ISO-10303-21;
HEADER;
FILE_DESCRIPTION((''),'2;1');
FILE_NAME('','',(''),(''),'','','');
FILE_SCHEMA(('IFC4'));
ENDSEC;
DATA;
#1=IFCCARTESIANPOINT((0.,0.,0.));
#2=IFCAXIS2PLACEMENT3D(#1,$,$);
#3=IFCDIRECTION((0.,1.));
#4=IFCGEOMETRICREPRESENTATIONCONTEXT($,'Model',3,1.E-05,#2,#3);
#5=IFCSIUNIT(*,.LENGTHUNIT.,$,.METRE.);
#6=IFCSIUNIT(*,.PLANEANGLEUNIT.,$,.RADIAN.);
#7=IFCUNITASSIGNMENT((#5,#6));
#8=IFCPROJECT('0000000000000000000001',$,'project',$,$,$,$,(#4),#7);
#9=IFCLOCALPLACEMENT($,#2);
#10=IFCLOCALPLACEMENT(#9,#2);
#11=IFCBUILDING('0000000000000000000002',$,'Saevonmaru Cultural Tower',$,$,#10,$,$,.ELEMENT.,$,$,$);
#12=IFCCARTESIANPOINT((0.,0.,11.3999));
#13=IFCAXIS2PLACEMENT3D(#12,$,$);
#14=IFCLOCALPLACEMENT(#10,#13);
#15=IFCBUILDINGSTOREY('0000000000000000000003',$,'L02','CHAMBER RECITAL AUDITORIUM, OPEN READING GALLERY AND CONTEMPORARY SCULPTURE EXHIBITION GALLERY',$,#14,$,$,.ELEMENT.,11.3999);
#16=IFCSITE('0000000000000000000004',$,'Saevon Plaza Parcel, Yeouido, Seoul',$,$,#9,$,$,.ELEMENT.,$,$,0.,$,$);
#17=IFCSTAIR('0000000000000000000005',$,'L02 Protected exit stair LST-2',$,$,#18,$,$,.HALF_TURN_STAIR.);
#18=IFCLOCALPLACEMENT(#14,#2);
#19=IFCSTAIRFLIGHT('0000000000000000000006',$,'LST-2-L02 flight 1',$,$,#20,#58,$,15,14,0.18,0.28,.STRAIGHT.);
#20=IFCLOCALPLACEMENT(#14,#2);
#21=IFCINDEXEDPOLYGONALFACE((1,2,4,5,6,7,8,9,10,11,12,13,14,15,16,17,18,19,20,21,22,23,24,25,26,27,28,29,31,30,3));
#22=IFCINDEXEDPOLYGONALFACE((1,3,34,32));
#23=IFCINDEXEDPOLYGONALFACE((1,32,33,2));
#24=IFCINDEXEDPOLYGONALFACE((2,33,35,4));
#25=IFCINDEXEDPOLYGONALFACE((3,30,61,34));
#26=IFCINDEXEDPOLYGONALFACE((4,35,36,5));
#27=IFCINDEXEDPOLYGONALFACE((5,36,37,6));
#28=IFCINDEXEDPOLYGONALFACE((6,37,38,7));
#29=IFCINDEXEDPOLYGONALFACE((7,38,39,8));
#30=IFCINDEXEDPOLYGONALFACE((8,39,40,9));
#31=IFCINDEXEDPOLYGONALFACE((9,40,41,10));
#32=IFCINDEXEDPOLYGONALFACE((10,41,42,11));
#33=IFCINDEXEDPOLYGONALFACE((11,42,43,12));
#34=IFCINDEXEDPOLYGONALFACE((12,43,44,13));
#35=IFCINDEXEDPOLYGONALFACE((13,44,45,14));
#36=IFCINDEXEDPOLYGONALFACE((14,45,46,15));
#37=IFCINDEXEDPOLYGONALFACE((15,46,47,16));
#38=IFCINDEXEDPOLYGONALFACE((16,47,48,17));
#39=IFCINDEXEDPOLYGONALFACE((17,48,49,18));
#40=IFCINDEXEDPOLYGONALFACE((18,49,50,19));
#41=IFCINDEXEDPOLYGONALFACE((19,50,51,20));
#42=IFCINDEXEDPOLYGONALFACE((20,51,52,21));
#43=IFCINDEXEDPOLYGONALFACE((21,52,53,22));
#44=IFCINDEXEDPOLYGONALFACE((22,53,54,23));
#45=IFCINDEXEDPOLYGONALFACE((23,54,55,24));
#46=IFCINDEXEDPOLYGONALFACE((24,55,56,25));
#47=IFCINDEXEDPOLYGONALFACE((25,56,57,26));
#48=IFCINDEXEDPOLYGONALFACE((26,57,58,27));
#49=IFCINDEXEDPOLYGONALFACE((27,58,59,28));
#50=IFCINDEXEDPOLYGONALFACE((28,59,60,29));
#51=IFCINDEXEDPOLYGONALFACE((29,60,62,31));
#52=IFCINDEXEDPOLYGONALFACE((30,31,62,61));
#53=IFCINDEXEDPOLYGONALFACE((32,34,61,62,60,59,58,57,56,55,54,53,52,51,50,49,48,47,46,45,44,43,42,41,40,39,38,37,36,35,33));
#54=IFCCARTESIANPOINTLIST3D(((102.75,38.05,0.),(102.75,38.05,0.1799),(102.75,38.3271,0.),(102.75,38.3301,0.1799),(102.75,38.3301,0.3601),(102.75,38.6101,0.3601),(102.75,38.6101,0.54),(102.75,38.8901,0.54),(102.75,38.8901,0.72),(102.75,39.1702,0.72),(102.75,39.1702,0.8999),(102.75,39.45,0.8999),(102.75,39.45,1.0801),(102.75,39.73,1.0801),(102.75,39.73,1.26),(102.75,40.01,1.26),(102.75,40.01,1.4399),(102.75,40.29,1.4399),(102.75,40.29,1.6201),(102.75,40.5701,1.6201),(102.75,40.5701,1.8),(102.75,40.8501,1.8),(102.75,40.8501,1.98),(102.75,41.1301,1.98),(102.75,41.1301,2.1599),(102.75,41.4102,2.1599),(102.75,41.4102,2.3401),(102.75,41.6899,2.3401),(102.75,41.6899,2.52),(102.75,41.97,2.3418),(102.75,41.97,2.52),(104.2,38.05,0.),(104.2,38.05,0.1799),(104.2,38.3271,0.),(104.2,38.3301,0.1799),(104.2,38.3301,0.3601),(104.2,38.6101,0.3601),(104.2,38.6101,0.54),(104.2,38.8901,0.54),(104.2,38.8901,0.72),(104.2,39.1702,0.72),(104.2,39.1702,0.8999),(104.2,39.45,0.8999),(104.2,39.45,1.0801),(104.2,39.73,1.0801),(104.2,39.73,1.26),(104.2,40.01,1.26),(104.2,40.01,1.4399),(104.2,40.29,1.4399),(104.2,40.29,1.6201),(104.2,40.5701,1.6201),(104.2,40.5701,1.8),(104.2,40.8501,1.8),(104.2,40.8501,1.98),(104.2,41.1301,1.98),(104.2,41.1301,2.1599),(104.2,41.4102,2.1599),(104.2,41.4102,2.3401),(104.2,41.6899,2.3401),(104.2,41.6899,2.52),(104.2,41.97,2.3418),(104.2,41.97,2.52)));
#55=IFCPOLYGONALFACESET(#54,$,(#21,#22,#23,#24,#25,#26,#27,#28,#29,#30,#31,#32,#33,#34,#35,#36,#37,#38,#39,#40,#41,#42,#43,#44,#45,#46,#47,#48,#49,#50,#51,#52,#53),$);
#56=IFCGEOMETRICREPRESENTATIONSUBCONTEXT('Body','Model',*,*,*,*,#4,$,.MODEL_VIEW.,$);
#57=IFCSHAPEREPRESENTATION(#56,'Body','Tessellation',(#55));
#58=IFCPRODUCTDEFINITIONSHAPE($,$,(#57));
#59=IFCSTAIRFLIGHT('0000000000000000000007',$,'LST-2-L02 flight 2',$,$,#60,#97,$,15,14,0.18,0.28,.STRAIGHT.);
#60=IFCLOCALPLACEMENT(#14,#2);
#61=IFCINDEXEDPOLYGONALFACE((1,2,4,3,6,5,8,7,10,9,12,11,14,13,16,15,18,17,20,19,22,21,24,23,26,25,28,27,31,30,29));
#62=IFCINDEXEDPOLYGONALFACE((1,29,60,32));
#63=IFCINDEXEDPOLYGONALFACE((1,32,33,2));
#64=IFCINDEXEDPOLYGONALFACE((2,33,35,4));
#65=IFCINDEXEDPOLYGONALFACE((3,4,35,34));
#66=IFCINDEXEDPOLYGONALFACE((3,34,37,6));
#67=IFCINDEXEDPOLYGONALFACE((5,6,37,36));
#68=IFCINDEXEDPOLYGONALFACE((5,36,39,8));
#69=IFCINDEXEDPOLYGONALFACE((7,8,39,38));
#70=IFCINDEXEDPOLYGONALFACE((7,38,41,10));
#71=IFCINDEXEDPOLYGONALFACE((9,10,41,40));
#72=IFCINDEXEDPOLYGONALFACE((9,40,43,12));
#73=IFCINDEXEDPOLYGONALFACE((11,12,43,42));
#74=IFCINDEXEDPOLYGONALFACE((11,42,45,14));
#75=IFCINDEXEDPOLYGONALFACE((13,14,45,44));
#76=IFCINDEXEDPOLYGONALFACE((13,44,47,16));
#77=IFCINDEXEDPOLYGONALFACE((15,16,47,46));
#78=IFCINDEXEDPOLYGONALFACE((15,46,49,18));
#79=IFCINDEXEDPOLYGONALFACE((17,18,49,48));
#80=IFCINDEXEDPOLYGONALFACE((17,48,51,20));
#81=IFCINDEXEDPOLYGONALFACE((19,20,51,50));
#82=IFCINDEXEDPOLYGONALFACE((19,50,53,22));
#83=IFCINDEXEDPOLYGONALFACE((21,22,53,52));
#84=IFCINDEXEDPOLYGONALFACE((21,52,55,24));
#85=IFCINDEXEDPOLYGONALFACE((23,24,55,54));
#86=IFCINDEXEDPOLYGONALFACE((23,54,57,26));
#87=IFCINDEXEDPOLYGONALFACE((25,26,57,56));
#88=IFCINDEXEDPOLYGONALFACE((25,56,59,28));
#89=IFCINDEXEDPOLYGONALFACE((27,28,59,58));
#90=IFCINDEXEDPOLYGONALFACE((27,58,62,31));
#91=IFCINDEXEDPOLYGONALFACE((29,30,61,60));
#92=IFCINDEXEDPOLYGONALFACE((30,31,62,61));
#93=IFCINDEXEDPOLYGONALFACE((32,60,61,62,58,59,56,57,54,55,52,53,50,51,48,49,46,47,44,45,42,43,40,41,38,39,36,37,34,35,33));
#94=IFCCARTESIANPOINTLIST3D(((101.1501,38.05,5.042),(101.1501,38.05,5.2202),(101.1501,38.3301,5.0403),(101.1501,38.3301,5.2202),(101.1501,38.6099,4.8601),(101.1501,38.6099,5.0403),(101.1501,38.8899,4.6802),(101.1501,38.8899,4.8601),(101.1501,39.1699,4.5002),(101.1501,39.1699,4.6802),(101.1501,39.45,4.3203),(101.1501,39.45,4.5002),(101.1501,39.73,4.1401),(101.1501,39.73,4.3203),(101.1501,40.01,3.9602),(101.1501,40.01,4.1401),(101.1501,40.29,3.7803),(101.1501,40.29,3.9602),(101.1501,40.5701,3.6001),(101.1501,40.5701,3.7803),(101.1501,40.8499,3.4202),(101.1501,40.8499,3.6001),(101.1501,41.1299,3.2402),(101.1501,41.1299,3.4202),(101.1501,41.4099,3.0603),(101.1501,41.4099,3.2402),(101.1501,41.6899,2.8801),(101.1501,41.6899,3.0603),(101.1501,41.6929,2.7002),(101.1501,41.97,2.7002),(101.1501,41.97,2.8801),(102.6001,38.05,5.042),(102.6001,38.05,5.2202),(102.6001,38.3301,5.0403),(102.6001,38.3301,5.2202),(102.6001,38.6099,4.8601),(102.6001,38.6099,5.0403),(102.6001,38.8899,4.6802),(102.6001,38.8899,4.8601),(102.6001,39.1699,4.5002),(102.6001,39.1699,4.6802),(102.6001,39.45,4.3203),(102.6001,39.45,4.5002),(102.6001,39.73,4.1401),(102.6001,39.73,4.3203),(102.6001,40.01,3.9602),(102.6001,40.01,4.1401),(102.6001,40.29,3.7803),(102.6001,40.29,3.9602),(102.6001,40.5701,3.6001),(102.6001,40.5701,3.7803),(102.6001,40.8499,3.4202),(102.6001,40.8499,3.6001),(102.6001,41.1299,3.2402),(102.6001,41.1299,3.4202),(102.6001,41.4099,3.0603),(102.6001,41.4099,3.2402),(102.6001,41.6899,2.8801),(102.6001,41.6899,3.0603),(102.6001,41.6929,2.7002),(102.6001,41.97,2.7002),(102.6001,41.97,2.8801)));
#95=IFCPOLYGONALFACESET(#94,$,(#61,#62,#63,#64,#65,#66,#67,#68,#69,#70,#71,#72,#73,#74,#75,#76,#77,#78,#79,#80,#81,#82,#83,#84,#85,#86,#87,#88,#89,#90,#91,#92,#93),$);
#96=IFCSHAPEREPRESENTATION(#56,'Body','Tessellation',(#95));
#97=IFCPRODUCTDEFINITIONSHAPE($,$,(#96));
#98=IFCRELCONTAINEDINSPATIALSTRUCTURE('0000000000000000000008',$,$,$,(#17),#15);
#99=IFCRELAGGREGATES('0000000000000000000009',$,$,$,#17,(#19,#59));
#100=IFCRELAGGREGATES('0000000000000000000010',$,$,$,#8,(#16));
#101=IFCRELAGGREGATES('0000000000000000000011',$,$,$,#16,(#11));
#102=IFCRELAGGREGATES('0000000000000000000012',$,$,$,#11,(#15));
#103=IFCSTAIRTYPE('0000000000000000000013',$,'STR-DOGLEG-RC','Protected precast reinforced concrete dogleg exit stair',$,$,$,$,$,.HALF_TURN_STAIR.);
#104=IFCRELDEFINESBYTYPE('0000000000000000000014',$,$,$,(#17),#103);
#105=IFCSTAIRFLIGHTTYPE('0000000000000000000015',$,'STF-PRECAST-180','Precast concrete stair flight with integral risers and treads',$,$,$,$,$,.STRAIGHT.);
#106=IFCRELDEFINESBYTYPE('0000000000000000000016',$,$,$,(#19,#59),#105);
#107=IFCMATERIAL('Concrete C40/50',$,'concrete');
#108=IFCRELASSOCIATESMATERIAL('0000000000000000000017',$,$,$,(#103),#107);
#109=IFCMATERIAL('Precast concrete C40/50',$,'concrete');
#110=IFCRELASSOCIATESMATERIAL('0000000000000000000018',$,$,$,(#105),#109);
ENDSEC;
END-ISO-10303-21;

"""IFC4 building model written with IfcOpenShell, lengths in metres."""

from ifc_helpers import new_model, si_unit, direction, frame, origin, place, context, subcontext, project, spatial, polyline, outline, extrude, material, type_object, element, aggregate, save


model = new_model("IFC4")

# Units and contexts
model_context = context("Model", 3, precision=1e-05, world=origin(), true_north=direction((0.0, 1.0)))
body_context = subcontext(model_context, "Body", "Model", "MODEL_VIEW")
ifc_project = project(units=[si_unit("LENGTHUNIT", "METRE"), si_unit("PLANEANGLEUNIT", "RADIAN")], contexts=[model_context])

# Site, building, storey
site_placement = place(None, origin())
site = spatial("IfcSite", under=ifc_project, at=site_placement, Name="Saevon Plaza Parcel, Yeouido, Seoul", CompositionType="ELEMENT", RefElevation=0.0)
building_placement = place(site_placement, origin())
building = spatial("IfcBuilding", under=site, at=building_placement, Name="Saevonmaru Cultural Tower", CompositionType="ELEMENT")
storey_placement = place(building_placement, frame((0.0, 0.0, 11.3999)))
storey = spatial("IfcBuildingStorey", under=building, at=storey_placement, Name="L02", Description="CHAMBER RECITAL AUDITORIUM, OPEN READING GALLERY AND CONTEMPORARY SCULPTURE EXHIBITION GALLERY", CompositionType="ELEMENT", Elevation=11.3999)

# Shared definitions
ifc_material_1 = material(Name="Concrete C40/50", Category="concrete")

# Stair, stair flights
stair_type = type_object("IfcStairType", Name="STR-DOGLEG-RC", Description="Protected precast reinforced concrete dogleg exit stair", PredefinedType="HALF_TURN_STAIR", material=ifc_material_1)
stair_placement = place(storey_placement, origin())
stair = element("IfcStair", 1, at=stair_placement, inside=storey, type_object=stair_type, Name="L02 Protected exit stair LST-2", PredefinedType="HALF_TURN_STAIR")
ifc_material_2 = material(Name="Precast concrete C40/50", Category="concrete")
stair_flight_type = type_object("IfcStairFlightType", Name="STF-PRECAST-180", Description="Precast concrete stair flight with integral risers and treads", PredefinedType="STRAIGHT", material=ifc_material_2)
stair_flight_1_placement = place(storey_placement, frame((103.4751, 38.05, 0.0), z_axis=(0.0, 0.0, 1.0), x_axis=(0.0, 1.0, 0.0)))
stair_flight_1 = element("IfcStairFlight", 2, at=stair_flight_1_placement, type_object=stair_flight_type, Name="LST-2-L02 flight 1", NumberOfRisers=15, NumberOfTreads=14, PredefinedType="STRAIGHT", RiserHeight=0.18, TreadLength=0.28, context=body_context, shape_type="SweptSolid", body=[
    extrude(outline(polyline([(0.0, 0.0), (0.0, 0.1799), (0.28, 0.1799), (0.28, 0.3601), (0.5601, 0.3601), (0.5601, 0.54), (0.8401, 0.54), (0.8401, 0.72), (1.1201, 0.72), (1.1201, 0.8999), (1.3999, 0.8999), (1.3999, 1.0801), (1.6799, 1.0801), (1.6799, 1.26), (1.96, 1.26), (1.96, 1.4399), (2.24, 1.4399), (2.24, 1.6201), (2.52, 1.6201), (2.52, 1.8), (2.8, 1.8), (2.8, 1.98), (3.0801, 1.98), (3.0801, 2.1599), (3.3601, 2.1599), (3.3601, 2.3401), (3.6399, 2.3401), (3.6399, 2.52), (3.9199, 2.52), (3.9199, 2.7), (3.9199, 2.3418), (0.2771, 0.0), (0.0, 0.0)])), frame((0.0, 0.7251, 0.0), z_axis=(0.0, -1.0, 0.0), x_axis=(1.0, 0.0, 0.0)), (0.0, 0.0, 1.0), 1.45),
])
stair_flight_2_placement = place(storey_placement, frame((101.875, 41.97, 2.7002), z_axis=(0.0, 0.0, 1.0), x_axis=(0.0, -1.0, 0.0)))
stair_flight_2 = element("IfcStairFlight", 3, at=stair_flight_2_placement, type_object=stair_flight_type, Name="LST-2-L02 flight 2", NumberOfRisers=15, NumberOfTreads=14, PredefinedType="STRAIGHT", RiserHeight=0.18, TreadLength=0.28, context=body_context, shape_type="SweptSolid", body=[
    extrude(outline(polyline([(0.0, 0.0), (0.0, 0.1799), (0.28, 0.1799), (0.28, 0.3601), (0.5601, 0.3601), (0.5601, 0.54), (0.8401, 0.54), (0.8401, 0.72), (1.1201, 0.72), (1.1201, 0.8999), (1.3999, 0.8999), (1.3999, 1.0801), (1.6799, 1.0801), (1.6799, 1.26), (1.96, 1.26), (1.96, 1.4399), (2.24, 1.4399), (2.24, 1.6201), (2.52, 1.6201), (2.52, 1.8), (2.8, 1.8), (2.8, 1.98), (3.0801, 1.98), (3.0801, 2.1599), (3.3601, 2.1599), (3.3601, 2.3401), (3.6399, 2.3401), (3.6399, 2.52), (3.9199, 2.52), (3.9199, 2.7), (3.9199, 2.3418), (0.2771, 0.0), (0.0, 0.0)])), frame((0.0, 0.7251, 0.0), z_axis=(0.0, -1.0, 0.0), x_axis=(1.0, 0.0, 0.0)), (0.0, 0.0, 1.0), 1.45),
])
aggregate(stair, [stair_flight_1, stair_flight_2])

save(model, "model.ifc")
